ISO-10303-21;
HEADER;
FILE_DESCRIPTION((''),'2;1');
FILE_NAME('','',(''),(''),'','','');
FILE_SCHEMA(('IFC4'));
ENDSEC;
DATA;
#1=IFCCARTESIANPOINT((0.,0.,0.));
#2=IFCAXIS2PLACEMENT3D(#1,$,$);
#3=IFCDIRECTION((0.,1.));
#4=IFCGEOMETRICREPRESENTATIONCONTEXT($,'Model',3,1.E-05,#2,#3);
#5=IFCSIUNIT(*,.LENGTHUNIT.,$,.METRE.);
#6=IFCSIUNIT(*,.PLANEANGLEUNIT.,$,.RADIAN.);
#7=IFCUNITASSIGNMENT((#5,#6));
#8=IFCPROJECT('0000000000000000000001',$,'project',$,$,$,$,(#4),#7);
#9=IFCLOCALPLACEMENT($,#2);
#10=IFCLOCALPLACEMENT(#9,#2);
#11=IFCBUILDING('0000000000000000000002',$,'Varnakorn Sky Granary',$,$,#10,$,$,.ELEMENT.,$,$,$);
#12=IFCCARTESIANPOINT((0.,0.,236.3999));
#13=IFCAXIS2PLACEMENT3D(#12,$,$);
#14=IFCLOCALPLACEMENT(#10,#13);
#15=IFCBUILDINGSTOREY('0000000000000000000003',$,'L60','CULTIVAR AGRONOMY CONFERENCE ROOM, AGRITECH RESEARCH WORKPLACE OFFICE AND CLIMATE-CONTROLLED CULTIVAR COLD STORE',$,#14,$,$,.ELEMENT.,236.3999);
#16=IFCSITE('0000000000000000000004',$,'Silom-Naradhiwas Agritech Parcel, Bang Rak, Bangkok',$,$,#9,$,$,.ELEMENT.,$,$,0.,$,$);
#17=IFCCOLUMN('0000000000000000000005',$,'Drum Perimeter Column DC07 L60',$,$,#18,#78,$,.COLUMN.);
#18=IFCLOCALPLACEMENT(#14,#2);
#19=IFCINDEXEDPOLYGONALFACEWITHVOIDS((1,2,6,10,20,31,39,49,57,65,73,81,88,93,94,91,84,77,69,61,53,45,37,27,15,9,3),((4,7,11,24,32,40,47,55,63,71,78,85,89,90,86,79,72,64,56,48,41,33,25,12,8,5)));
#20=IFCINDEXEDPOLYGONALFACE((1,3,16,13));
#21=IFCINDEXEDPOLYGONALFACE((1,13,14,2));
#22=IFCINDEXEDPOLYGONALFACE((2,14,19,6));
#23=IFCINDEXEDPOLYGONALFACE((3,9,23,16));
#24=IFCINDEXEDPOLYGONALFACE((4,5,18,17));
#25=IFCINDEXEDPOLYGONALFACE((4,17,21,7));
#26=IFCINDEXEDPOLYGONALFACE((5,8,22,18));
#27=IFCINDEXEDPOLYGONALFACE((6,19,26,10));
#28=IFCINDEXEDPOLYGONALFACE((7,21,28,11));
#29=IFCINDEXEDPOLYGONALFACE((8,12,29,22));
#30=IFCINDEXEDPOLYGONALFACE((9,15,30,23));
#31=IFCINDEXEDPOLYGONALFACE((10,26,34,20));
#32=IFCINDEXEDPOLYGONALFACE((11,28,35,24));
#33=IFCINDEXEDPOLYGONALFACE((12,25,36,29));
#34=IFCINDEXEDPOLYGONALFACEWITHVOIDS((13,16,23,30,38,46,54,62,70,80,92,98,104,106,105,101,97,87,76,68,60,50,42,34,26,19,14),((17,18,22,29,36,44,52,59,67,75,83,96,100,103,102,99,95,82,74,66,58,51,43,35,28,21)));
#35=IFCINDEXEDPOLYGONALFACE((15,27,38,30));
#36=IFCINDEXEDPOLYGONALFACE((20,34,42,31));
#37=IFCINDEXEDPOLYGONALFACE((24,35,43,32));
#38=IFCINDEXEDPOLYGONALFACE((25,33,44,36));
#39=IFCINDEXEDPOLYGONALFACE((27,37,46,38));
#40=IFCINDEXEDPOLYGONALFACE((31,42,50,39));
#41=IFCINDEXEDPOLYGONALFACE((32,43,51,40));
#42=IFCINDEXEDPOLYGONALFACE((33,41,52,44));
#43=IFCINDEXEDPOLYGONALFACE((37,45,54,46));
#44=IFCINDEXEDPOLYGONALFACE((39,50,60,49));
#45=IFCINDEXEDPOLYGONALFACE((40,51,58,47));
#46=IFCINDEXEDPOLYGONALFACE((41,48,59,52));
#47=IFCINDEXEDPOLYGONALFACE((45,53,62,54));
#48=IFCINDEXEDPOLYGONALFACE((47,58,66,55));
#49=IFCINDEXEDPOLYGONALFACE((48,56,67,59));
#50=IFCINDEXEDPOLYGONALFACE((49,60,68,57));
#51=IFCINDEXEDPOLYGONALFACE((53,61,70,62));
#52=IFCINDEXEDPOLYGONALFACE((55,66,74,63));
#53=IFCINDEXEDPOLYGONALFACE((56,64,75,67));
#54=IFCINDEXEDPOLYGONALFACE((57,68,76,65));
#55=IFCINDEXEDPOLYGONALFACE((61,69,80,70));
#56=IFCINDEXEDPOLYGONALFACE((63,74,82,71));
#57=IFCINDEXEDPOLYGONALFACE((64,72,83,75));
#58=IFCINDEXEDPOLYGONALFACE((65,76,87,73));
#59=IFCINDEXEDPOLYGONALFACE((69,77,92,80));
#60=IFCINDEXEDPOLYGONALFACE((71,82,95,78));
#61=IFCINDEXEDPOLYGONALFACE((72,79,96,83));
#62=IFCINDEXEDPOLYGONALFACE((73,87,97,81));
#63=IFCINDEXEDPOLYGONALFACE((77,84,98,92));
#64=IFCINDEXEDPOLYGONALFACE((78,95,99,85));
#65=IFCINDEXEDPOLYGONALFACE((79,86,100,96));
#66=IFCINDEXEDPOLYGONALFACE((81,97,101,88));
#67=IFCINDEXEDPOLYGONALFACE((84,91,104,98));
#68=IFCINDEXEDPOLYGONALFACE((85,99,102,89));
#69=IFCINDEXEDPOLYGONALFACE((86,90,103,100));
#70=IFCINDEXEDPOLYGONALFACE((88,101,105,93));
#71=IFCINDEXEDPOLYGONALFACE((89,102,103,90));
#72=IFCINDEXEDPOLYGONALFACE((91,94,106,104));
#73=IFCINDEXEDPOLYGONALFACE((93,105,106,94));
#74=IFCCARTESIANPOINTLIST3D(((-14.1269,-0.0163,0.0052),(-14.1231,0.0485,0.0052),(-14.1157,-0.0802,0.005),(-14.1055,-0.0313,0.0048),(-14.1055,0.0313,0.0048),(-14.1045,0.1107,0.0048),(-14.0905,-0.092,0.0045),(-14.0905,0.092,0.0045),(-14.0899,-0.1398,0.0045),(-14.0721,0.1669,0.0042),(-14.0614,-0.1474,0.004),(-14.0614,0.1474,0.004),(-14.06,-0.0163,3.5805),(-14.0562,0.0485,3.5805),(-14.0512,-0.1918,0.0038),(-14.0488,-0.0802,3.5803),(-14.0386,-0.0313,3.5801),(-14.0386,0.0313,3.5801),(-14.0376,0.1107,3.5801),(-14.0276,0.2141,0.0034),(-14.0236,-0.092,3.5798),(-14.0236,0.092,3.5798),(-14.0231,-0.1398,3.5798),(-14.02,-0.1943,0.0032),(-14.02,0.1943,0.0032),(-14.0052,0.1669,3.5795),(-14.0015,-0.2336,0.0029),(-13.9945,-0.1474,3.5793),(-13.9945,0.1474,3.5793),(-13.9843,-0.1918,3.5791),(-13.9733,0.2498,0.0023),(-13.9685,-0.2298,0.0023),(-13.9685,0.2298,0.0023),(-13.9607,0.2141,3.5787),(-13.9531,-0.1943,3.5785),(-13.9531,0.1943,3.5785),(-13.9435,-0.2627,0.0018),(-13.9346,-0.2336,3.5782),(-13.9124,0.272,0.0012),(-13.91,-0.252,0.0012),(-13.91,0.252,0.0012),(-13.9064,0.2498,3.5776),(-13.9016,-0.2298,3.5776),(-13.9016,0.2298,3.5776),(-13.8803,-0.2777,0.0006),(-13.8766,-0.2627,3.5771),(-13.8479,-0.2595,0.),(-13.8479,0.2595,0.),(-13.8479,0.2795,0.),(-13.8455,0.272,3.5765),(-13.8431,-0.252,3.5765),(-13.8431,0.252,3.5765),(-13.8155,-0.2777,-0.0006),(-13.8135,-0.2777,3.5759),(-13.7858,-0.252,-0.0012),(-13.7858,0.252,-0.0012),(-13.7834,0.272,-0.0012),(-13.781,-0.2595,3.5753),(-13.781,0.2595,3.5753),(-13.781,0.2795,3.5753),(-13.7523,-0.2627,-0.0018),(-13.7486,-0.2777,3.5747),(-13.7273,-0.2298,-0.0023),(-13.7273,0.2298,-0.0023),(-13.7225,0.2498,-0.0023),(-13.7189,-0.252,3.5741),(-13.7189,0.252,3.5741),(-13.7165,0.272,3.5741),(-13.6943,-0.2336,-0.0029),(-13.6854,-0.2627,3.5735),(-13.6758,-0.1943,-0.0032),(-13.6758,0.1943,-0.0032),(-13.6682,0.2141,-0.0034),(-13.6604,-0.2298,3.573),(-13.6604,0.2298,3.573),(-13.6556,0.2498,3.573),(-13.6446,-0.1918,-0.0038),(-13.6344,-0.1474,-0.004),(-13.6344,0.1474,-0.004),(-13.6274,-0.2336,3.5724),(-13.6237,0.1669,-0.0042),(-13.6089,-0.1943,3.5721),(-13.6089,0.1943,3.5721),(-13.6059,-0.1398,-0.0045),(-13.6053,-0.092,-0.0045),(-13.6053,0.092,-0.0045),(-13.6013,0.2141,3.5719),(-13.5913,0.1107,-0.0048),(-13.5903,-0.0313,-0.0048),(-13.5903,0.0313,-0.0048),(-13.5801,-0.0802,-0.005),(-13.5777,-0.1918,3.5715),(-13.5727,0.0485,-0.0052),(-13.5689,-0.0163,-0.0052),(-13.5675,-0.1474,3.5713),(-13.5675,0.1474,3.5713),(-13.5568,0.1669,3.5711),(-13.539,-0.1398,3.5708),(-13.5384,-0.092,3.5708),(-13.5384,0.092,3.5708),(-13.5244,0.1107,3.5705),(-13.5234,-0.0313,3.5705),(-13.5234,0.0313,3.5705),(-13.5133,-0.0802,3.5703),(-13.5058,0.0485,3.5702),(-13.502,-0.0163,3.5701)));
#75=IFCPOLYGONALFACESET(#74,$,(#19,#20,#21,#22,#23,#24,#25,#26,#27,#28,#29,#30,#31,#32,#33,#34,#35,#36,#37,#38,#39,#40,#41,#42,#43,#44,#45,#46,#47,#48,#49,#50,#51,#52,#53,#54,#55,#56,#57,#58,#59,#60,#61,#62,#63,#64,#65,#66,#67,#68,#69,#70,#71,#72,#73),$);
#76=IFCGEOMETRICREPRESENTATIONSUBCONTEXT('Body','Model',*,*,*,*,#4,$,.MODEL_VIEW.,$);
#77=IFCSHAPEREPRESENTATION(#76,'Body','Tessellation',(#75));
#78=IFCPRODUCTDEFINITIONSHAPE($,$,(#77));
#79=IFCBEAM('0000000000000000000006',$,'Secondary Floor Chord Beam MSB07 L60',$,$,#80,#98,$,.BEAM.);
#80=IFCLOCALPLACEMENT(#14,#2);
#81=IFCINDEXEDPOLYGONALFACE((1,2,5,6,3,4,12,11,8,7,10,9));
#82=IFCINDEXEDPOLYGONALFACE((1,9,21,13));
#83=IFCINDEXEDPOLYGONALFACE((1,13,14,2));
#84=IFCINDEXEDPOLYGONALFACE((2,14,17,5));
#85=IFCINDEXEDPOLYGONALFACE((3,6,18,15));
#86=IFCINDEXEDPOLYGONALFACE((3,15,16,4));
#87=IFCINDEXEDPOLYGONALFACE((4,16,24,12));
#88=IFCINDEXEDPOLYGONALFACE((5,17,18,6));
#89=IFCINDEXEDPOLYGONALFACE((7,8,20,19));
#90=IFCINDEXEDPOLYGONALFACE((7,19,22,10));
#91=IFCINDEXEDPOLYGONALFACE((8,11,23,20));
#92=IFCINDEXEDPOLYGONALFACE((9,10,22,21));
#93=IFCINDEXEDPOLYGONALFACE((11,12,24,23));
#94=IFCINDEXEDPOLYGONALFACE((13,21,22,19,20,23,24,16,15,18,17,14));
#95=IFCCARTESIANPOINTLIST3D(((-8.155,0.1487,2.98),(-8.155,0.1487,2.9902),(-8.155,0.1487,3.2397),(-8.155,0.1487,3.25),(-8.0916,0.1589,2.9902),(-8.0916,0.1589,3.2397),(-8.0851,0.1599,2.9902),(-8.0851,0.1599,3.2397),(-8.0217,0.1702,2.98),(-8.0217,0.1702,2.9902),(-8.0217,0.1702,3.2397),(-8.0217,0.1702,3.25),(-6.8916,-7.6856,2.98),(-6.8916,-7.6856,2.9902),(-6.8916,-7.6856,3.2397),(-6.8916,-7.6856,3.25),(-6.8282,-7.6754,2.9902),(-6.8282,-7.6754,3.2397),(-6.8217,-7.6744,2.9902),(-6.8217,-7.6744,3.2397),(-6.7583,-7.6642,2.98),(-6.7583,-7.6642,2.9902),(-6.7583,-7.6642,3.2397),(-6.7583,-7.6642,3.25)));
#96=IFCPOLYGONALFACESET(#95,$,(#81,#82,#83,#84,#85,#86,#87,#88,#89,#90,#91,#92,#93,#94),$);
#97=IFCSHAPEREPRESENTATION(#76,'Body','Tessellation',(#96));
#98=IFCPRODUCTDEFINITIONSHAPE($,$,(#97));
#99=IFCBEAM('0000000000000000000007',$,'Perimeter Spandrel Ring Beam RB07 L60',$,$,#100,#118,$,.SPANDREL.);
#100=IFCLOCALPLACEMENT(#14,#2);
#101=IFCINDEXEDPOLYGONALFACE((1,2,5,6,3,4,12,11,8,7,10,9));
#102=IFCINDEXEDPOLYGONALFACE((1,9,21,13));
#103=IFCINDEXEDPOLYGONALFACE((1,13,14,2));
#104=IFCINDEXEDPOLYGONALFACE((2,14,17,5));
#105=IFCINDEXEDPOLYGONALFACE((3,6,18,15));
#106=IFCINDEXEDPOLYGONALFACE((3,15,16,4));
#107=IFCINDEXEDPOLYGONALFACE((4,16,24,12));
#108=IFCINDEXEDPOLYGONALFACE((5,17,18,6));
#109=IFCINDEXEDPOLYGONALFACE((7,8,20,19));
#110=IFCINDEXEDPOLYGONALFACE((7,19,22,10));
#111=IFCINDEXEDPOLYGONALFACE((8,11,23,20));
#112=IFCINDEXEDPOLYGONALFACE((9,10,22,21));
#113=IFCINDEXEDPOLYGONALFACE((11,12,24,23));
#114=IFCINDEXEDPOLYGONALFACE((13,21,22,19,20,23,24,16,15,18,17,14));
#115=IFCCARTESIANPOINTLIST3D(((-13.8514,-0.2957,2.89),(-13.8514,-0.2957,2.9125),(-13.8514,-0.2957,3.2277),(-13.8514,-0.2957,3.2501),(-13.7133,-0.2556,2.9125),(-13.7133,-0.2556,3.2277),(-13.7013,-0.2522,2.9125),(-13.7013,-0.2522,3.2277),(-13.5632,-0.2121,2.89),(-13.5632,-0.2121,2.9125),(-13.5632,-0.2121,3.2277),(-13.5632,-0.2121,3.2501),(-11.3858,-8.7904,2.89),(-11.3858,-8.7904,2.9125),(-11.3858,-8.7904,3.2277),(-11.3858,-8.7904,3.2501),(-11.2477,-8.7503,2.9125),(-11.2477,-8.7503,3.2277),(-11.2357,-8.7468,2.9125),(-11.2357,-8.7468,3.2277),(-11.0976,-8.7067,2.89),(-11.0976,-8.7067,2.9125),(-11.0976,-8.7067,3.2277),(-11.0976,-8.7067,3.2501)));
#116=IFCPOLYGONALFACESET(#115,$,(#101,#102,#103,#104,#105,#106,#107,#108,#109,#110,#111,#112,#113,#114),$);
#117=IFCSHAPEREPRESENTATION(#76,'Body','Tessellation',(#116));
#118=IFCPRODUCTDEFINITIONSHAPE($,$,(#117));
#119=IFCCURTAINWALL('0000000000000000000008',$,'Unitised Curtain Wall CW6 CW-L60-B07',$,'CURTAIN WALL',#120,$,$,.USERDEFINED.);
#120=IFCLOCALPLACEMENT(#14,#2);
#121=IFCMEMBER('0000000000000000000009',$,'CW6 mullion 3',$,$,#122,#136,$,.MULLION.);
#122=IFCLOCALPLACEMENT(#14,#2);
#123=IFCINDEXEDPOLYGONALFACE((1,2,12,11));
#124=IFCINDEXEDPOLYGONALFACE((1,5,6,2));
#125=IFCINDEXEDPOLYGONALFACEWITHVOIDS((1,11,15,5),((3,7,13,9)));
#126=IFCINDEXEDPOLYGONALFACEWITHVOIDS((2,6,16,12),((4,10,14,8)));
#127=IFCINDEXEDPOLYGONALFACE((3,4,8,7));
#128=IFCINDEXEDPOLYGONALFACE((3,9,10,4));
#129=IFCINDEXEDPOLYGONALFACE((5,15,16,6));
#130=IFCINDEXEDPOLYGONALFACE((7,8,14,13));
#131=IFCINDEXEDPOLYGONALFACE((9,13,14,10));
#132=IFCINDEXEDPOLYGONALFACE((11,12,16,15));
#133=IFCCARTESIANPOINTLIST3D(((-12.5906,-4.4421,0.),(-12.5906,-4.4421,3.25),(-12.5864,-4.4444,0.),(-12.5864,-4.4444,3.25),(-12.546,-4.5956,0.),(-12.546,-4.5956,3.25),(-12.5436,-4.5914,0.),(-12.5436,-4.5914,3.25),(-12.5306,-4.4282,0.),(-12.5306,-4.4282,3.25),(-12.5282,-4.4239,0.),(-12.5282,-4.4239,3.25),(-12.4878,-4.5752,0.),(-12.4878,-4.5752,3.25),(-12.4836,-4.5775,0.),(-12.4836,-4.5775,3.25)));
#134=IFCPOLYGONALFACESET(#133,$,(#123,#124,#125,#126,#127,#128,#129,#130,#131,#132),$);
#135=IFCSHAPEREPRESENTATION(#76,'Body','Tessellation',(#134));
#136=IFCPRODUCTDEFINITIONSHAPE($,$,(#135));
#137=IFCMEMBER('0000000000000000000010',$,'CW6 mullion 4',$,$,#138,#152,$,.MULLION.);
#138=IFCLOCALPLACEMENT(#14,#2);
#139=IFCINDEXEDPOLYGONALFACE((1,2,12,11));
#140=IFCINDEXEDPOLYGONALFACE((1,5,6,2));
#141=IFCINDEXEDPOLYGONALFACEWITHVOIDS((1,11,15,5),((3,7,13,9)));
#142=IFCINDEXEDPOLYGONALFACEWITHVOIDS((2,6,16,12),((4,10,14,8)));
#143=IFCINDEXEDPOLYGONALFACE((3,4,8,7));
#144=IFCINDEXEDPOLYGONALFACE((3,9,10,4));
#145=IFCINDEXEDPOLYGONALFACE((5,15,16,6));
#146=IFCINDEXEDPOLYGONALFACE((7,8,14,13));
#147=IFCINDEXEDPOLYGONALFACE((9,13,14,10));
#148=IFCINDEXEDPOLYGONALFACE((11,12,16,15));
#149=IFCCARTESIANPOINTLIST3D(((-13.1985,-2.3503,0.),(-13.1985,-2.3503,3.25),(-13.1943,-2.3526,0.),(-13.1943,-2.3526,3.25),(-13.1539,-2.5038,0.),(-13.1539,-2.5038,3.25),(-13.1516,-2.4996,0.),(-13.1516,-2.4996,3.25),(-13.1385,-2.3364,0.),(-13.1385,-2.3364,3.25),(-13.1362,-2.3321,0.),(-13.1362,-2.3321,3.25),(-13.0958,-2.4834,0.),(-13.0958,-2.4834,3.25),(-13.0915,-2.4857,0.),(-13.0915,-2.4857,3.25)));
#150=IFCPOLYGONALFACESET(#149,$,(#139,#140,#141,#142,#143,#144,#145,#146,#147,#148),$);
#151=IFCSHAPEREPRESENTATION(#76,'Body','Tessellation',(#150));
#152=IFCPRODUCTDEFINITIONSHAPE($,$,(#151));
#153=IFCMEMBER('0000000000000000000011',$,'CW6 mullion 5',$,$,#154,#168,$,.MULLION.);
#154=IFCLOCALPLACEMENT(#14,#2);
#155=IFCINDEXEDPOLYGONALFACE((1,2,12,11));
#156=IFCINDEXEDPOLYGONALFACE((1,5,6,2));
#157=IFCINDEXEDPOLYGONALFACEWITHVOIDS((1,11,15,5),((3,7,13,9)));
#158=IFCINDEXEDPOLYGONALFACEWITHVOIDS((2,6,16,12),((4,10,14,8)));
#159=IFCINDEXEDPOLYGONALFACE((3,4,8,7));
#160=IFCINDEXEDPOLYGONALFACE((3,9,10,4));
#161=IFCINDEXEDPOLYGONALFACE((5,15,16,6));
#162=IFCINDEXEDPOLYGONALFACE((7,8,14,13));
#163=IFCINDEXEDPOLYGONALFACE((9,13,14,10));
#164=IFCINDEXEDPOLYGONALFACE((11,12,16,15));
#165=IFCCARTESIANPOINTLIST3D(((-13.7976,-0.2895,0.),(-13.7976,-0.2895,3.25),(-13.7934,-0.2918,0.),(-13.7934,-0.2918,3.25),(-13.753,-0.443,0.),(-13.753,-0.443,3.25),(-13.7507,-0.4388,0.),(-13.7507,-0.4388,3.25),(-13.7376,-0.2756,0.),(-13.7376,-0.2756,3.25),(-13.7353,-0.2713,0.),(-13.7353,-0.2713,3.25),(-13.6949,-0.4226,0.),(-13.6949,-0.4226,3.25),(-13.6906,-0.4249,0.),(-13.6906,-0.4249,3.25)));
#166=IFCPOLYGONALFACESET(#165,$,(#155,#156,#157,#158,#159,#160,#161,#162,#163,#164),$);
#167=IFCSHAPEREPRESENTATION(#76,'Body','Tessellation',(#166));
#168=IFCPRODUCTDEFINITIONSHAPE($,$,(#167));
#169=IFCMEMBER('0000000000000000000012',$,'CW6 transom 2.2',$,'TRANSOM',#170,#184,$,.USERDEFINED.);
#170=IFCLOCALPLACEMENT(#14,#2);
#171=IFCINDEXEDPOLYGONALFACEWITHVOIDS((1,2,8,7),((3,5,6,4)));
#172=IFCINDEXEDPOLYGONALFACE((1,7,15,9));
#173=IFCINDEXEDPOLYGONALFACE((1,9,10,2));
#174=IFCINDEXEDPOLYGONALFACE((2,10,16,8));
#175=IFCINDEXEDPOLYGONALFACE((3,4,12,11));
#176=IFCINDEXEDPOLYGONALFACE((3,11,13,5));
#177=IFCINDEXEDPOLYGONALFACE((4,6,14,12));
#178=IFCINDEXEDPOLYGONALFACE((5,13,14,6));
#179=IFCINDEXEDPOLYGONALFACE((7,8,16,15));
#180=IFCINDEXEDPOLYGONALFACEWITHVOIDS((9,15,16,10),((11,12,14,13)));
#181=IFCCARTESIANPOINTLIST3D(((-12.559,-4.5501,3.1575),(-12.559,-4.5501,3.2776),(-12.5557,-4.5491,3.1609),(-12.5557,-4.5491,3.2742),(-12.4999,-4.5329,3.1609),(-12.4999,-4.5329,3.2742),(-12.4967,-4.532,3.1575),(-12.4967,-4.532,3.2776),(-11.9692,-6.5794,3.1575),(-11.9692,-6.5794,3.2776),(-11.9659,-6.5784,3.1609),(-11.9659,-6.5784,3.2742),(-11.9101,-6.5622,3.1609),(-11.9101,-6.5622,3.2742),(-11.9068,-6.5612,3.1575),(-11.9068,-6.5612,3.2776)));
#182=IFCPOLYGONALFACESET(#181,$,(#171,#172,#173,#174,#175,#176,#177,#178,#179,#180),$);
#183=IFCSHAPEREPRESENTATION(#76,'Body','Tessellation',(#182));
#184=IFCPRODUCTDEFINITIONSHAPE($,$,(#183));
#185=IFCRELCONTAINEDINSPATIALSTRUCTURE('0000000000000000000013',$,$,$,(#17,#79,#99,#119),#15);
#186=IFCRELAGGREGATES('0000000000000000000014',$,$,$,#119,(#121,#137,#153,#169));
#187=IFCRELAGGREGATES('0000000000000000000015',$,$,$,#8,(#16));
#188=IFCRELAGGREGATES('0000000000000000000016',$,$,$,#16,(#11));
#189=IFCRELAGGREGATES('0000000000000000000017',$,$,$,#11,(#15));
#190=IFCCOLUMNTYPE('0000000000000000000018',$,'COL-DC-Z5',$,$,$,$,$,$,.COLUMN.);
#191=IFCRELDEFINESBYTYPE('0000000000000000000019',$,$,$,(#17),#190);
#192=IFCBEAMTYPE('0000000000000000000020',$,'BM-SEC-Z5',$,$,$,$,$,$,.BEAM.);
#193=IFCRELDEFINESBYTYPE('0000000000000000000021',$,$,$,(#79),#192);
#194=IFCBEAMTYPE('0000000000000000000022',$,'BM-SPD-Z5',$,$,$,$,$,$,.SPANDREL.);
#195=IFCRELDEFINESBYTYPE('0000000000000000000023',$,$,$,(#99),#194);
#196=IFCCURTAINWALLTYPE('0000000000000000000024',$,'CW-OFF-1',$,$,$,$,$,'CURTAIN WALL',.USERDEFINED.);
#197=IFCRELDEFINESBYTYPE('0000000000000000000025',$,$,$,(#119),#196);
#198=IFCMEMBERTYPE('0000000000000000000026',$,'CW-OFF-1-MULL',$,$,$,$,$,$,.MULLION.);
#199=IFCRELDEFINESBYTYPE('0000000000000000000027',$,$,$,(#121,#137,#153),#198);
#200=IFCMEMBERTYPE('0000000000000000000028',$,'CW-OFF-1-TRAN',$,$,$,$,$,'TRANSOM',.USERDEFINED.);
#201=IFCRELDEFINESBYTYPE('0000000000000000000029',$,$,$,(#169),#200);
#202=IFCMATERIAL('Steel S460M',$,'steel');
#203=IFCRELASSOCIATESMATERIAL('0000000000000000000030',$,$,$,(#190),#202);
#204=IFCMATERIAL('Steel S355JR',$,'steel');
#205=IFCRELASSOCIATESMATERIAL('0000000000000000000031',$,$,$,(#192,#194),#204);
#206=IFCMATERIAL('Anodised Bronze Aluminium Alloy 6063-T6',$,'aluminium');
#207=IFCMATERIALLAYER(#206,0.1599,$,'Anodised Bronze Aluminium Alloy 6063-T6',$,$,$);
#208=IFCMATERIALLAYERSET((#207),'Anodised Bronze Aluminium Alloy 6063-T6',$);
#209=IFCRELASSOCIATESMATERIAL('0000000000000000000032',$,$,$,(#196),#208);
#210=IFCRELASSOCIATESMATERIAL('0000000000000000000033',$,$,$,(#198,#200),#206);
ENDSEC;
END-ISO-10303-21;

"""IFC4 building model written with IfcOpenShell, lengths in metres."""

from ifc_helpers import new_model, si_unit, direction, frame, origin, origin_2d, place, context, subcontext, project, spatial, hollow_rectangle, hollow_circle, i_section, extrude, material, layer, layer_set, material_profile, profile_set, type_object, element, aggregate, save


model = new_model("IFC4")

# Units and contexts
model_context = context("Model", 3, precision=1e-05, world=origin(), true_north=direction((0.0, 1.0)))
body_context = subcontext(model_context, "Body", "Model", "MODEL_VIEW")
ifc_project = project(units=[si_unit("LENGTHUNIT", "METRE"), si_unit("PLANEANGLEUNIT", "RADIAN")], contexts=[model_context])

# Site, building, storey
site_placement = place(None, origin())
site = spatial("IfcSite", under=ifc_project, at=site_placement, Name="Silom-Naradhiwas Agritech Parcel, Bang Rak, Bangkok", CompositionType="ELEMENT", RefElevation=0.0)
building_placement = place(site_placement, origin())
building = spatial("IfcBuilding", under=site, at=building_placement, Name="Varnakorn Sky Granary", CompositionType="ELEMENT")
storey_placement = place(building_placement, frame((0.0, 0.0, 236.3999)))
storey = spatial("IfcBuildingStorey", under=building, at=storey_placement, Name="L60", Description="CULTIVAR AGRONOMY CONFERENCE ROOM, AGRITECH RESEARCH WORKPLACE OFFICE AND CLIMATE-CONTROLLED CULTIVAR COLD STORE", CompositionType="ELEMENT", Elevation=236.3999)

# Column
ifc_material_1 = material(Name="Steel S460M", Category="steel")
ifc_material_profile_1 = material_profile(ifc_material_1, hollow_circle(Radius=0.2795, WallThickness=0.02, at=origin_2d()), Name="CHS 559x20")
ifc_profile_set_1 = profile_set([ifc_material_profile_1], Name="Steel S460M")
column_type = type_object("IfcColumnType", Name="COL-DC-Z5", PredefinedType="COLUMN", material=ifc_profile_set_1)
column_placement = place(storey_placement, frame((-13.8479, 0.0, 0.0), z_axis=(0.018707, 0.0, 0.999825), x_axis=(0.0, 1.0, 0.0)))
element("IfcColumn", 1, at=column_placement, inside=storey, type_object=column_type, Name="Drum Perimeter Column DC07 L60", PredefinedType="COLUMN", context=body_context, shape_type="SweptSolid", body=[
    extrude(hollow_circle(Radius=0.2795, WallThickness=0.02, at=origin_2d()), origin(), (0.0, 0.0, 1.0), 3.5759),
])

# Beams
ifc_material_2 = material(Name="Steel S355JR", Category="steel")
ifc_material_profile_2 = material_profile(ifc_material_2, i_section(OverallWidth=0.135, OverallDepth=0.27, WebThickness=0.0066, FlangeThickness=0.0103, at=origin_2d()), Name="IPE 270")
ifc_profile_set_2 = profile_set([ifc_material_profile_2], Name="Steel S355JR")
beam_type_1 = type_object("IfcBeamType", Name="BM-SEC-Z5", PredefinedType="BEAM", material=ifc_profile_set_2)
beam_1_placement = place(storey_placement, frame((-8.0884, 0.1594, 3.115), z_axis=(0.159213, -0.987244, 0.0), x_axis=(0.987244, 0.159213, 0.0)))
element("IfcBeam", 2, at=beam_1_placement, inside=storey, type_object=beam_type_1, Name="Secondary Floor Chord Beam MSB07 L60", PredefinedType="BEAM", context=body_context, shape_type="SweptSolid", body=[
    extrude(i_section(OverallWidth=0.135, OverallDepth=0.27, WebThickness=0.0066, FlangeThickness=0.0103, at=origin_2d()), origin(), (0.0, 0.0, 1.0), 7.9355),
])
ifc_material_profile_3 = material_profile(ifc_material_2, i_section(OverallWidth=0.3, OverallDepth=0.3601, WebThickness=0.0125, FlangeThickness=0.0225, at=origin_2d()), Name="HE 360 B")
ifc_profile_set_3 = profile_set([ifc_material_profile_3], Name="Steel S355JR")
beam_type_2 = type_object("IfcBeamType", Name="BM-SPD-Z5", PredefinedType="SPANDREL", material=ifc_profile_set_3)
beam_2_placement = place(storey_placement, frame((-13.7073, -0.2539, 3.0701), z_axis=(0.278747, -0.960365, 0.0), x_axis=(0.960365, 0.278747, 0.0)))
element("IfcBeam", 3, at=beam_2_placement, inside=storey, type_object=beam_type_2, Name="Perimeter Spandrel Ring Beam RB07 L60", PredefinedType="SPANDREL", context=body_context, shape_type="SweptSolid", body=[
    extrude(i_section(OverallWidth=0.3, OverallDepth=0.3601, WebThickness=0.0125, FlangeThickness=0.0225, at=origin_2d()), origin(), (0.0, 0.0, 1.0), 8.8452),
])

# Curtain wall, members
ifc_material_3 = material(Name="Anodised Bronze Aluminium Alloy 6063-T6", Category="aluminium")
ifc_layer_1 = layer(ifc_material_3, 0.1599, Name="Anodised Bronze Aluminium Alloy 6063-T6")
ifc_layer_set_1 = layer_set([ifc_layer_1], Name="Anodised Bronze Aluminium Alloy 6063-T6")
curtain_wall_type = type_object("IfcCurtainWallType", Name="CW-OFF-1", ElementType="CURTAIN WALL", PredefinedType="USERDEFINED", material=ifc_layer_set_1)
curtain_wall_placement = place(storey_placement, origin())
curtain_wall = element("IfcCurtainWall", 4, at=curtain_wall_placement, inside=storey, type_object=curtain_wall_type, Name="Unitised Curtain Wall CW6 CW-L60-B07", ObjectType="CURTAIN WALL", PredefinedType="USERDEFINED")
ifc_material_profile_4 = material_profile(ifc_material_3, hollow_rectangle(XDim=0.0649, YDim=0.1599, WallThickness=0.0034, at=origin_2d()), Name="ALU MULL 65x160")
ifc_profile_set_4 = profile_set([ifc_material_profile_4], Name="Anodised Bronze Aluminium Alloy 6063-T6")
member_type_1 = type_object("IfcMemberType", Name="CW-OFF-1-MULL", PredefinedType="MULLION", material=ifc_profile_set_4)
member_1_placement = place(storey_placement, frame((-12.5371, -4.5098, 0.0), z_axis=(0.0, 0.0, 1.0), x_axis=(-0.96025, -0.279141, 0.0)))
member_1 = element("IfcMember", 5, at=member_1_placement, type_object=member_type_1, Name="CW6 mullion 3", PredefinedType="MULLION", context=body_context, shape_type="SweptSolid", body=[
    extrude(hollow_rectangle(XDim=0.0649, YDim=0.1599, WallThickness=0.0034, at=origin_2d()), origin(), (0.0, 0.0, 1.0), 3.25),
])
member_2_placement = place(storey_placement, frame((-13.145, -2.418, 0.0), z_axis=(0.0, 0.0, 1.0), x_axis=(-0.96025, -0.279141, 0.0)))
member_2 = element("IfcMember", 6, at=member_2_placement, type_object=member_type_1, Name="CW6 mullion 4", PredefinedType="MULLION", context=body_context, shape_type="SweptSolid", body=[
    extrude(hollow_rectangle(XDim=0.0649, YDim=0.1599, WallThickness=0.0034, at=origin_2d()), origin(), (0.0, 0.0, 1.0), 3.25),
])
member_3_placement = place(storey_placement, frame((-13.7441, -0.3572, 0.0), z_axis=(0.0, 0.0, 1.0), x_axis=(-0.96025, -0.279141, 0.0)))
member_3 = element("IfcMember", 7, at=member_3_placement, type_object=member_type_1, Name="CW6 mullion 5", PredefinedType="MULLION", context=body_context, shape_type="SweptSolid", body=[
    extrude(hollow_rectangle(XDim=0.0649, YDim=0.1599, WallThickness=0.0034, at=origin_2d()), origin(), (0.0, 0.0, 1.0), 3.25),
])
ifc_material_profile_5 = material_profile(ifc_material_3, hollow_rectangle(XDim=0.0649, YDim=0.1201, WallThickness=0.0034, at=origin_2d()), Name="ALU TRAN 65x120")
ifc_profile_set_5 = profile_set([ifc_material_profile_5], Name="Anodised Bronze Aluminium Alloy 6063-T6")
member_type_2 = type_object("IfcMemberType", Name="CW-OFF-1-TRAN", ElementType="TRANSOM", PredefinedType="USERDEFINED", material=ifc_profile_set_5)
member_4_placement = place(storey_placement, frame((-11.938, -6.5703, 3.2175), z_axis=(-0.279113, 0.960258, 0.0), x_axis=(-0.960258, -0.279113, 0.0)))
member_4 = element("IfcMember", 8, at=member_4_placement, type_object=member_type_2, Name="CW6 transom 2.2", ObjectType="TRANSOM", PredefinedType="USERDEFINED", context=body_context, shape_type="SweptSolid", body=[
    extrude(hollow_rectangle(XDim=0.0649, YDim=0.1201, WallThickness=0.0034, at=origin_2d()), origin(), (0.0, 0.0, 1.0), 2.1133),
])

aggregate(curtain_wall, [member_1, member_2, member_3, member_4])

save(model, "model.ifc")
